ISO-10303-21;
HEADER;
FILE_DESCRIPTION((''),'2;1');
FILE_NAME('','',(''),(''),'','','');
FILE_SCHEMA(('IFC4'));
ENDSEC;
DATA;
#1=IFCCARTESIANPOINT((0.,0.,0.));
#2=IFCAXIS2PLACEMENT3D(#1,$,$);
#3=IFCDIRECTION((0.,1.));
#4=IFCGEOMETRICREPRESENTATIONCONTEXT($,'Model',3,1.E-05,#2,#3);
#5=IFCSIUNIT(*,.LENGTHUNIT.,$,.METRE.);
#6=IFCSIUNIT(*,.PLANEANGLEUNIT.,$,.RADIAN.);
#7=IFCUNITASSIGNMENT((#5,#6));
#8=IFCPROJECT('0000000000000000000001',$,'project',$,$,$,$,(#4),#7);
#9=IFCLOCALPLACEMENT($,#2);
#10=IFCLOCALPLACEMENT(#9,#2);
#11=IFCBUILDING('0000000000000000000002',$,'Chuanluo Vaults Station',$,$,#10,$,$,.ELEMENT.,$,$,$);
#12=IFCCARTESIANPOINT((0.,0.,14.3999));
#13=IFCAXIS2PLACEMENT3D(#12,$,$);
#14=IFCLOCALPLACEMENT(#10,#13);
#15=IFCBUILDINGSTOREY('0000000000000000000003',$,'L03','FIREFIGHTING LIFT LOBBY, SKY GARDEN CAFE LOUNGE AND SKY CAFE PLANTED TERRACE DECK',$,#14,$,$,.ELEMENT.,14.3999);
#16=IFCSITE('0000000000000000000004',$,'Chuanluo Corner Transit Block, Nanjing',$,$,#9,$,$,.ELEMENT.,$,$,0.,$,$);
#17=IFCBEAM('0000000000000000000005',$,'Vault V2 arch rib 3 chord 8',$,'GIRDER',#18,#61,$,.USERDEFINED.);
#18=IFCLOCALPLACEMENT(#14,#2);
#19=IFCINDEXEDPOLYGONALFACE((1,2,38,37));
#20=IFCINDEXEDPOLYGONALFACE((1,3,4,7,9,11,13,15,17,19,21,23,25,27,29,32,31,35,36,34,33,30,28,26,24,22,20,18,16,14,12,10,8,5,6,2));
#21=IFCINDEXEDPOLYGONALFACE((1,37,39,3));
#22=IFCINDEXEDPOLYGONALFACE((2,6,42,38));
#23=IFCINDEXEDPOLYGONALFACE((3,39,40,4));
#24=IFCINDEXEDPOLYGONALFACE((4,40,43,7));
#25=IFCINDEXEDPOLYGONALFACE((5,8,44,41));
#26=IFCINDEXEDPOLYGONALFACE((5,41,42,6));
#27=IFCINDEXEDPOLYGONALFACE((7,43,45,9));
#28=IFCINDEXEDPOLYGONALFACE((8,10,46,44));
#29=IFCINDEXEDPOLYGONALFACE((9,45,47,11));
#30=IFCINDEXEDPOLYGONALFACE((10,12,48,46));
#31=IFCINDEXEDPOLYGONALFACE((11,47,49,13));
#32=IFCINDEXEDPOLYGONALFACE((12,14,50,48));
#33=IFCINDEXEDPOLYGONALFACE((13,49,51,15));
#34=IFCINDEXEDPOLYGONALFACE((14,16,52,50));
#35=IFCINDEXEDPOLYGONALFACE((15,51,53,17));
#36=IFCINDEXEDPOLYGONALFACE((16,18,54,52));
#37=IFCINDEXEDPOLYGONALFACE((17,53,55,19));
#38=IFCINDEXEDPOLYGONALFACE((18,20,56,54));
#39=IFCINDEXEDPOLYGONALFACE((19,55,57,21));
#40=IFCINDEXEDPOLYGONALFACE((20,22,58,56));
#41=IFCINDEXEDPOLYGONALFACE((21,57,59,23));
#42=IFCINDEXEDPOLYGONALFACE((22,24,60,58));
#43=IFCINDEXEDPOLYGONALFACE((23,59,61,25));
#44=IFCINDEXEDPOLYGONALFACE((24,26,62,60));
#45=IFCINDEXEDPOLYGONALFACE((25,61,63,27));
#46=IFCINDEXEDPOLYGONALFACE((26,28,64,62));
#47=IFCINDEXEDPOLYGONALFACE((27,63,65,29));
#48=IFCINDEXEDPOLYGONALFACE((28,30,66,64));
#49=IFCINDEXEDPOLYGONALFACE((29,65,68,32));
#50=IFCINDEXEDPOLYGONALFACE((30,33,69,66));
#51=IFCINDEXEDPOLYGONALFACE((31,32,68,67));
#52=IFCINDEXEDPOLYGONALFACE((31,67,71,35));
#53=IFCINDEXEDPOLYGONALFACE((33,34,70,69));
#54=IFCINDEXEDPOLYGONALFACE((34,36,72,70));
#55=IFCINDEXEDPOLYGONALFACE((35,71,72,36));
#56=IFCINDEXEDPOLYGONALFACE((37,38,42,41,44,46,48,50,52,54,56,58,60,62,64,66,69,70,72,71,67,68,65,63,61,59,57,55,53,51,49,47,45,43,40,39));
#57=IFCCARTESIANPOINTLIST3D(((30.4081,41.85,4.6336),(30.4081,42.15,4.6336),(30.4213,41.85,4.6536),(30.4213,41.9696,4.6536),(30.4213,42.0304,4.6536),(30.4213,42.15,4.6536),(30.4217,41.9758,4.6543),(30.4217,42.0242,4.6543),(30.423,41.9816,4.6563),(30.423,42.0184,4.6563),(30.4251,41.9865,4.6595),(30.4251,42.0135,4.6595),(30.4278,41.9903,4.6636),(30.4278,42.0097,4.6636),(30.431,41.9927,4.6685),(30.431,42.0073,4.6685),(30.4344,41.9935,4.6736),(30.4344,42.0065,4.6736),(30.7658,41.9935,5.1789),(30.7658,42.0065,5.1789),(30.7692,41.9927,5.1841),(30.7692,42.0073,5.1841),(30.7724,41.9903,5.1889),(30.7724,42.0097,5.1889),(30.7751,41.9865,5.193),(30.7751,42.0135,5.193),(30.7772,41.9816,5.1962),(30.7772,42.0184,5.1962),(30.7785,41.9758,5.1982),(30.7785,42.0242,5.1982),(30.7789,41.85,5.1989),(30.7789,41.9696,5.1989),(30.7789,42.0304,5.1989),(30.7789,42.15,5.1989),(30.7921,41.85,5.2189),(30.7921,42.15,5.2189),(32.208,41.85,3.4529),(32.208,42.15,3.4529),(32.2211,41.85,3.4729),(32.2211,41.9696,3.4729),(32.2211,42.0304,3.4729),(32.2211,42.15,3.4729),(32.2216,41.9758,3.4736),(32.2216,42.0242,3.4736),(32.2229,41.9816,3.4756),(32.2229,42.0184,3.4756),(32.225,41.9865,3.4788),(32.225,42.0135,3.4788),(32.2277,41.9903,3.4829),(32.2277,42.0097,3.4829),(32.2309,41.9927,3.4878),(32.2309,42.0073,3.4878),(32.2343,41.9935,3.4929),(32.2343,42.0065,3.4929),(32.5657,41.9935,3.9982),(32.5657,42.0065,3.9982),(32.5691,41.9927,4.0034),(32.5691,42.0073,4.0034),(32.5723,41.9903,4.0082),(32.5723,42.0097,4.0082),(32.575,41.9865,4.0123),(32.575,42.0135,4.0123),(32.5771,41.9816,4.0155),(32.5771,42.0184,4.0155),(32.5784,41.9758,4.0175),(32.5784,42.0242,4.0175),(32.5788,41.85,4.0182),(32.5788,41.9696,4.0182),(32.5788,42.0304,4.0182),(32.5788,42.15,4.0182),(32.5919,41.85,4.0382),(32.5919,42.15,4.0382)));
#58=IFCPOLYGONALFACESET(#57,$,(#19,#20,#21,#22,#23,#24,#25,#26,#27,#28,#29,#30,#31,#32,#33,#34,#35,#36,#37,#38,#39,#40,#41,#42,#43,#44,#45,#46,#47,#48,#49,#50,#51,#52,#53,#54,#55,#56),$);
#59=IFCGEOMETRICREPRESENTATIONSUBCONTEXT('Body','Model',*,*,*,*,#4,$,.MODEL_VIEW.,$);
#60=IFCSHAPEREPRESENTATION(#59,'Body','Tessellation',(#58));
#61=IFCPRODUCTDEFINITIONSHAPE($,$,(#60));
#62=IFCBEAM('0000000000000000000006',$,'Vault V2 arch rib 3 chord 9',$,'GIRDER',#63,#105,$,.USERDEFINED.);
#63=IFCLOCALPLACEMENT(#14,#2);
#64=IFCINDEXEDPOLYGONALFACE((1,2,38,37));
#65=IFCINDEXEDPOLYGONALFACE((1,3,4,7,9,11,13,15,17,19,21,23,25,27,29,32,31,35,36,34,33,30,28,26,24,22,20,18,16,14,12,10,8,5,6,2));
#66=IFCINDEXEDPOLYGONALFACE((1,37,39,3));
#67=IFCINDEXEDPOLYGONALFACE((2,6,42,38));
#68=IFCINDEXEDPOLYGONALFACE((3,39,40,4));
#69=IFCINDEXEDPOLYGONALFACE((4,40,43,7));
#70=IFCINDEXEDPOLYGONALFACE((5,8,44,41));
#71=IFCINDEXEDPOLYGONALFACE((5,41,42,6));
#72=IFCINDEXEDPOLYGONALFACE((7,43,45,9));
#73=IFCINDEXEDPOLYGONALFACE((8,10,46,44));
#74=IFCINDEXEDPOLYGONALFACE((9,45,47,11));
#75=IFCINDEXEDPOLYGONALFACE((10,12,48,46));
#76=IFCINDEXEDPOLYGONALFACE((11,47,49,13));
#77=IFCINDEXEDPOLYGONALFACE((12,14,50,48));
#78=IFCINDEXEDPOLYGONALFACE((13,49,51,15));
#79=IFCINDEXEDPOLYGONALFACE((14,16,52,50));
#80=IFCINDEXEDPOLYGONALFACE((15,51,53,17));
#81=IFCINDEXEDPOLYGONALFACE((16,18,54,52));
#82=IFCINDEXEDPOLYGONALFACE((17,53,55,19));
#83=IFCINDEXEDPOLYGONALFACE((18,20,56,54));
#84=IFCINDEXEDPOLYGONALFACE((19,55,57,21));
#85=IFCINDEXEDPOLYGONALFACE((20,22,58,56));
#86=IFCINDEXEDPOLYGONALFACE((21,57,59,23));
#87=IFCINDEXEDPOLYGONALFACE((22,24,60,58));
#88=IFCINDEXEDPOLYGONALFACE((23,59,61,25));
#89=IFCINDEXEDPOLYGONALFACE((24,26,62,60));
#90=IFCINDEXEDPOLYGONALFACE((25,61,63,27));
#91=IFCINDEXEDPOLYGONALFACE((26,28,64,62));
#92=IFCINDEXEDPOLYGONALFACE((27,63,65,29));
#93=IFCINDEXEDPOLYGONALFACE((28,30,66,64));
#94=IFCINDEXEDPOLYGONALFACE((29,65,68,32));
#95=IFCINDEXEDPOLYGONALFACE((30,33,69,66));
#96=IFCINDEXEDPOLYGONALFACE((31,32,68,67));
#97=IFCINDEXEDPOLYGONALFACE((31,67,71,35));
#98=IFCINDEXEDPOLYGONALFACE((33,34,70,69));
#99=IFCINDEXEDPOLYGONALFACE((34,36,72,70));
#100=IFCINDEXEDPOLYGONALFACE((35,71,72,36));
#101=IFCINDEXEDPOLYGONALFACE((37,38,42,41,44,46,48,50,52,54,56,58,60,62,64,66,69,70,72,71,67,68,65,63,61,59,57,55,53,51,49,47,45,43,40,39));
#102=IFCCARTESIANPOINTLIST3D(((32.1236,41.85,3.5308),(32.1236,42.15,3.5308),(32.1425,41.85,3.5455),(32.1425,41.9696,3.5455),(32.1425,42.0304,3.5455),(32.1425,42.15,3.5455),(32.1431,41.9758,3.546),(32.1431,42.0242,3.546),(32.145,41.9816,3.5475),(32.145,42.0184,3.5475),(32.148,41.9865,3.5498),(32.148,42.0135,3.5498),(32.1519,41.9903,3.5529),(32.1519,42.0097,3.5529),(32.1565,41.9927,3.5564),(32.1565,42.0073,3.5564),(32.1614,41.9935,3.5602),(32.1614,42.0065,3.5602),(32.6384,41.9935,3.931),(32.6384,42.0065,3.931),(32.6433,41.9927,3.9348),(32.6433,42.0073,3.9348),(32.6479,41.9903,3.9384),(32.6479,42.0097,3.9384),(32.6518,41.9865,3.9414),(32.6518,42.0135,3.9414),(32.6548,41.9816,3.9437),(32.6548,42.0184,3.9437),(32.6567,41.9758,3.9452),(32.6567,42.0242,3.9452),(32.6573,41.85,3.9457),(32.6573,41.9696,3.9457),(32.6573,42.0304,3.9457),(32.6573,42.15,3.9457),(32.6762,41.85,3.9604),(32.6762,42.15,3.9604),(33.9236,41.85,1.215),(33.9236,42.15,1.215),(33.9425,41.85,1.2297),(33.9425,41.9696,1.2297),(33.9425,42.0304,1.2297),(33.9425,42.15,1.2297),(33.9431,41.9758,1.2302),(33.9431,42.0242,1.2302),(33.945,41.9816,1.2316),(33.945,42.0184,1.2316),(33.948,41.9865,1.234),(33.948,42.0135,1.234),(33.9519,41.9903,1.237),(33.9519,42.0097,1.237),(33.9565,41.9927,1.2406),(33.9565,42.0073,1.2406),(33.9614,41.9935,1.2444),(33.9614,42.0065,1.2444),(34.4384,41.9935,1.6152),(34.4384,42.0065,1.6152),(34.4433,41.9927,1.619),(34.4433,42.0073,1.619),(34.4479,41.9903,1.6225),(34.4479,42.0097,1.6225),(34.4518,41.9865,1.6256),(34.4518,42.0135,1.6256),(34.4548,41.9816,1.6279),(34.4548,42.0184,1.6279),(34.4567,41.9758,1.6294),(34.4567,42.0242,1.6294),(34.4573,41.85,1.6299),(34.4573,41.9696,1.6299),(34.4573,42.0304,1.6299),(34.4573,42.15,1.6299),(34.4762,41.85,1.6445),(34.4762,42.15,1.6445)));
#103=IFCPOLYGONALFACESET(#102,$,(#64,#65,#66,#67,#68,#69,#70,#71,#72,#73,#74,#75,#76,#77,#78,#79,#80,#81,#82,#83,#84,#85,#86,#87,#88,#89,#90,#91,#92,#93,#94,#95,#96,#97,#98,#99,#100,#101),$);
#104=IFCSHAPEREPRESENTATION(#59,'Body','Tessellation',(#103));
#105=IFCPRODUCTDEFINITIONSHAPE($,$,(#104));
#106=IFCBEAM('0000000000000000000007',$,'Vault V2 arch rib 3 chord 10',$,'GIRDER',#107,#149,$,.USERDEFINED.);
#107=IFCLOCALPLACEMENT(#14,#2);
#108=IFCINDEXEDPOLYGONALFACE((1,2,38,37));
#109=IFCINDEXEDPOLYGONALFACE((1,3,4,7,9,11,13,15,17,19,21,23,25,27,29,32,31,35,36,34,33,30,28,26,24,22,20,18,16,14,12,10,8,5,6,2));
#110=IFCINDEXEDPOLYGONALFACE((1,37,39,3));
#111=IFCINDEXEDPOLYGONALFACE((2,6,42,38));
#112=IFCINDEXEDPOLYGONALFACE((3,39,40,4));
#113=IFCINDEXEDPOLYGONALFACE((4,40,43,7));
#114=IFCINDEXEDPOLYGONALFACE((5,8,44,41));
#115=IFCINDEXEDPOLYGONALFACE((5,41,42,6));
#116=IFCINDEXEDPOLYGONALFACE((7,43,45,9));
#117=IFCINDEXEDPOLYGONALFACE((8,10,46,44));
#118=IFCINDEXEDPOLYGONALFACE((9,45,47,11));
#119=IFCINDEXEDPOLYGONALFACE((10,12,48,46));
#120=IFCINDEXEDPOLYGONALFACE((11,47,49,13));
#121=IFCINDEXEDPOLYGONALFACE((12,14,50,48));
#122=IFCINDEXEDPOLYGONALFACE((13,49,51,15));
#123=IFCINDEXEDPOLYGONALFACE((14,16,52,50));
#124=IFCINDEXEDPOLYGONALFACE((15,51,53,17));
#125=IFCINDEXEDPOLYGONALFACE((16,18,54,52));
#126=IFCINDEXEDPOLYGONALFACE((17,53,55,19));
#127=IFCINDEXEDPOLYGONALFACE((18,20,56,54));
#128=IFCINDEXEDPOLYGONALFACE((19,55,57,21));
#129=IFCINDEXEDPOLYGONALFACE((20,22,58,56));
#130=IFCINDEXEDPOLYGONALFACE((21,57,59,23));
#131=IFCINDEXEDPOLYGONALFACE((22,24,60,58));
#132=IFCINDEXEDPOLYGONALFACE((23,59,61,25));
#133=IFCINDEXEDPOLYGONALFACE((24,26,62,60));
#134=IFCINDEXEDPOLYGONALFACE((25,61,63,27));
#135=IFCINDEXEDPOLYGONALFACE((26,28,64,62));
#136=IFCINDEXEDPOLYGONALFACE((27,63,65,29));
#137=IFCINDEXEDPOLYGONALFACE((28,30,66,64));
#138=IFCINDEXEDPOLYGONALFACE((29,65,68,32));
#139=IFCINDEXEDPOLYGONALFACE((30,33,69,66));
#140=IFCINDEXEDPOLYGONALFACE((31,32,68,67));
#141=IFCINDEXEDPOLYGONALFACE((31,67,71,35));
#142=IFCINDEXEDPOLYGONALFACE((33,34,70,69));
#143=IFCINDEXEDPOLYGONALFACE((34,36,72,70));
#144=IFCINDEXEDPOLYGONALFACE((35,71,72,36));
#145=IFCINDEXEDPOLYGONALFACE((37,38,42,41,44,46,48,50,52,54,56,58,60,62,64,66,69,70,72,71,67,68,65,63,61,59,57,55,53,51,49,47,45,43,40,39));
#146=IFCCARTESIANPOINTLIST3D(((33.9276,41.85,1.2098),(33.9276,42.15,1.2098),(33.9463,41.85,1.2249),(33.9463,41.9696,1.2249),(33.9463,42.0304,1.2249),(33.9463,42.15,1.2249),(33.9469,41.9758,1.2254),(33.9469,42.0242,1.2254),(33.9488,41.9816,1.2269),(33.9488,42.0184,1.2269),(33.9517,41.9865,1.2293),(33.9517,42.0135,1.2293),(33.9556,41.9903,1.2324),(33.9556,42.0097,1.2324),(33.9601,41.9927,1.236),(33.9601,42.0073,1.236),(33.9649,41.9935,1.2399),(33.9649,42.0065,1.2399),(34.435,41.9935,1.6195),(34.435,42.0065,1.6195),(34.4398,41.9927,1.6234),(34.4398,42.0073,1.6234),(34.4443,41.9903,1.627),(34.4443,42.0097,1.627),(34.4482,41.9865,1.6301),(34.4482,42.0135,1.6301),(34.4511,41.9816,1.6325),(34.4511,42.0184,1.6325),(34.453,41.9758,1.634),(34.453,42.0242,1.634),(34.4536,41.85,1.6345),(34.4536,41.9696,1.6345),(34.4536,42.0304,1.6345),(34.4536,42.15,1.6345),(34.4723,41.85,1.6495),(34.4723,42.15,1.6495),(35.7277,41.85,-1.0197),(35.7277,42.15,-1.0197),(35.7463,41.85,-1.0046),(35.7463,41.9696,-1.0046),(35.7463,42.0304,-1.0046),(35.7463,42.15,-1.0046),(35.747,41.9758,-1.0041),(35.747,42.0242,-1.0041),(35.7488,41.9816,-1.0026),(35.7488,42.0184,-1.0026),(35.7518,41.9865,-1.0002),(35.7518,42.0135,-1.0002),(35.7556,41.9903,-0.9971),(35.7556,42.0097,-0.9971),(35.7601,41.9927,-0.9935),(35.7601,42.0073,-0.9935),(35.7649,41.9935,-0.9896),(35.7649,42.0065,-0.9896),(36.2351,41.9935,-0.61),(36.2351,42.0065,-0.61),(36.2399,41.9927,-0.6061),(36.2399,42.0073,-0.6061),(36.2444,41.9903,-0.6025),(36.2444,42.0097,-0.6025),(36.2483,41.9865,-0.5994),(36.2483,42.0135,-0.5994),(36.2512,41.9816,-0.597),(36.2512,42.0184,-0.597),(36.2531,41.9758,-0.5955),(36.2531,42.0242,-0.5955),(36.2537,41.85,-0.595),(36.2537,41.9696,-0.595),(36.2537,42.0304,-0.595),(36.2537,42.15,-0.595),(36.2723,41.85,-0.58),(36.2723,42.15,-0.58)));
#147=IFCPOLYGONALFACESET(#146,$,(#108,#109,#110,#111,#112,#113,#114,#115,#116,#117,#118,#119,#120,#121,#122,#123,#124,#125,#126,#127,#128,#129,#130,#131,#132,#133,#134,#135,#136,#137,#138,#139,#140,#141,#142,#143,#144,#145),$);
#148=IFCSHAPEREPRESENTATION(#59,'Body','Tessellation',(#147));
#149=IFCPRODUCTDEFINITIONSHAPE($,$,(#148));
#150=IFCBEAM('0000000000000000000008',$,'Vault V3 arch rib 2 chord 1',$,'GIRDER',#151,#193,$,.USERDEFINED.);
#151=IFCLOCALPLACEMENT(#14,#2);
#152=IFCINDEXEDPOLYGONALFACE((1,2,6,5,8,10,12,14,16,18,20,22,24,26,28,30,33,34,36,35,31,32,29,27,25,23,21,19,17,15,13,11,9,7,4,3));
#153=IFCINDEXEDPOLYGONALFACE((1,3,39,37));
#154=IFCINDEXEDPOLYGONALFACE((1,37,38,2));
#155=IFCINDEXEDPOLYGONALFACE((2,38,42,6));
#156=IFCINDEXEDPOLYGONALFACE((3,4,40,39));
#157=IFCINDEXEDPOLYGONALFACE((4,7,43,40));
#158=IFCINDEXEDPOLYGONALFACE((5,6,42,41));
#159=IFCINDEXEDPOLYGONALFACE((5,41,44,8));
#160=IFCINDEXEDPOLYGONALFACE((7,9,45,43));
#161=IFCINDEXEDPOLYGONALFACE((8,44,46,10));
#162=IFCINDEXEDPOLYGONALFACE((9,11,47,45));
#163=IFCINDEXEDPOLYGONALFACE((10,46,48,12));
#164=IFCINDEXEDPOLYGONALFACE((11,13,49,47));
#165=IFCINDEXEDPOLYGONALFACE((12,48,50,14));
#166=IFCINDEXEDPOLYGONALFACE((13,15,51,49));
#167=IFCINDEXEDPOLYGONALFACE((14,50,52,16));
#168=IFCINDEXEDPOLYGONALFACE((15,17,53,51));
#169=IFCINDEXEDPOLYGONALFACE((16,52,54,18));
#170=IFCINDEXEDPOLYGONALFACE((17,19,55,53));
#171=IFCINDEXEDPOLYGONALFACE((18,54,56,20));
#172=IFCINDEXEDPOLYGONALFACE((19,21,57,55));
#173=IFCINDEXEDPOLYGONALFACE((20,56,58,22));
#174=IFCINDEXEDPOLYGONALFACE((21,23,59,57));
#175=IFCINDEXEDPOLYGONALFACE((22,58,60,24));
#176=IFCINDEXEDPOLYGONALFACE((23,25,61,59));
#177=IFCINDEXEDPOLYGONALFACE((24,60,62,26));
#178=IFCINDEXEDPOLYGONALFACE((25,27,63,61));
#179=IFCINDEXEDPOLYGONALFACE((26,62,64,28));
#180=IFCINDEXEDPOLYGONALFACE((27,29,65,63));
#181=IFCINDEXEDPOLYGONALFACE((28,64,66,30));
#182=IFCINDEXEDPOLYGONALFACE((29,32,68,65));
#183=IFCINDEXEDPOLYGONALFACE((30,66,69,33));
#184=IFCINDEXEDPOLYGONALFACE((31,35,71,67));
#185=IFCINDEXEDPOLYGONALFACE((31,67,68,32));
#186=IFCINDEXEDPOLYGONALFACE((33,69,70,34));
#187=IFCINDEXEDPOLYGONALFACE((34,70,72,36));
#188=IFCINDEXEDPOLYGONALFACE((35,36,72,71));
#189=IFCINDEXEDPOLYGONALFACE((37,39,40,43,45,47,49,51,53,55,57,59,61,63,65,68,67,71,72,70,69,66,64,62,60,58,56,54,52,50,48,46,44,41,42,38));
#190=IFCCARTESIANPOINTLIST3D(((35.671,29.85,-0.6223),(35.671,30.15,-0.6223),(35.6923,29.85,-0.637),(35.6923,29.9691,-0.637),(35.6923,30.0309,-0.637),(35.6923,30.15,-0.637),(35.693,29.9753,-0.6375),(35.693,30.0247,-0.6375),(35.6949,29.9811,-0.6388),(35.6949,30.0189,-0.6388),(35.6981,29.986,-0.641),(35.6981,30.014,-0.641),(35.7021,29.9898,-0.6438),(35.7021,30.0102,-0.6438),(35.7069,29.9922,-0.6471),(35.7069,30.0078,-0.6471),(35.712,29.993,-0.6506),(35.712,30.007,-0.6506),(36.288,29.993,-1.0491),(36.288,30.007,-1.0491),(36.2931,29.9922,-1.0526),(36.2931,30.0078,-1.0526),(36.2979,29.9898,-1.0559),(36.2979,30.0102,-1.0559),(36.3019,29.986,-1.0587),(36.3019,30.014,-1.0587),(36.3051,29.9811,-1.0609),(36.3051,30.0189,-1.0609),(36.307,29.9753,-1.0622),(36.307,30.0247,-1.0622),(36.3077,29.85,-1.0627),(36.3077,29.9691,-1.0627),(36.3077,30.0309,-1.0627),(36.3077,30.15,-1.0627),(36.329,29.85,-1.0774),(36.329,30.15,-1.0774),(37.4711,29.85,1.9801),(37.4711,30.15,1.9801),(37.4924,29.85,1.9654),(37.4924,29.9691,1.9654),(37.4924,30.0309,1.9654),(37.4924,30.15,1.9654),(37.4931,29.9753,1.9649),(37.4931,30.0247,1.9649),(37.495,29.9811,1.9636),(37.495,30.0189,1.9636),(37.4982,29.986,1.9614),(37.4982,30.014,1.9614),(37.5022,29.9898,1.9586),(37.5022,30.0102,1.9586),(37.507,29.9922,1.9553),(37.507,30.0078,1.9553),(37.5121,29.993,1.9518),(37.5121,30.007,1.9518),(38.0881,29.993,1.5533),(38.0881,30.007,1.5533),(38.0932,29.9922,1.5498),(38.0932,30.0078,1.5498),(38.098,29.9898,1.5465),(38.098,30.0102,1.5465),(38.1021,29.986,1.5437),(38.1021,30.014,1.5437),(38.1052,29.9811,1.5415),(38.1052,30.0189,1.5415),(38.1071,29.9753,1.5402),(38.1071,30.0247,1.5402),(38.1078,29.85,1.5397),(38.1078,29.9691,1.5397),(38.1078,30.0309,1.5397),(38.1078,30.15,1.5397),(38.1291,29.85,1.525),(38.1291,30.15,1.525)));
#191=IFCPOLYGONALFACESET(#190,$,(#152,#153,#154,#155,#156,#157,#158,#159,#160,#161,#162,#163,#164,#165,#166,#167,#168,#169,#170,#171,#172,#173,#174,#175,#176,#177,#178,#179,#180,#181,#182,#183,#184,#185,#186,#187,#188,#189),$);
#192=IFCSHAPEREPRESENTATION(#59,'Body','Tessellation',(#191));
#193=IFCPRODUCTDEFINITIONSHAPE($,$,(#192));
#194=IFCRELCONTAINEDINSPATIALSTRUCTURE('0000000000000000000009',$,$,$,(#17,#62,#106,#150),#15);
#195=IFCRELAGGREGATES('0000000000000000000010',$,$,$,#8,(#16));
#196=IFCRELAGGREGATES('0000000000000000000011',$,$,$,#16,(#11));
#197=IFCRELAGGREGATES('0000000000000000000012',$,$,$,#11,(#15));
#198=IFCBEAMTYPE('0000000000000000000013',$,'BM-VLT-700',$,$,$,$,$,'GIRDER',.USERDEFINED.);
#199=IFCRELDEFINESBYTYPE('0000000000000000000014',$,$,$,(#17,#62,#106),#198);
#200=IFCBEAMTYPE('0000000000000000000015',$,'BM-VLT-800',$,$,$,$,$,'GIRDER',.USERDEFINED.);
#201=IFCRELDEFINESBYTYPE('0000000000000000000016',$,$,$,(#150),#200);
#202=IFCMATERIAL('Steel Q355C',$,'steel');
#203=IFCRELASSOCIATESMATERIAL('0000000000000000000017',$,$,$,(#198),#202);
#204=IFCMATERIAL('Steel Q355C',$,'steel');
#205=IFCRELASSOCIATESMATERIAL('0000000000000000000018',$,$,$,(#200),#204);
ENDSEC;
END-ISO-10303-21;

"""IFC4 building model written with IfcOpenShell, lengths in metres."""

from ifc_helpers import new_model, si_unit, direction, frame, origin, origin_2d, place, context, subcontext, project, spatial, i_section, extrude, material, material_profile, profile_set, type_object, element, save


model = new_model("IFC4")

# Units and contexts
model_context = context("Model", 3, precision=1e-05, world=origin(), true_north=direction((0.0, 1.0)))
body_context = subcontext(model_context, "Body", "Model", "MODEL_VIEW")
ifc_project = project(units=[si_unit("LENGTHUNIT", "METRE"), si_unit("PLANEANGLEUNIT", "RADIAN")], contexts=[model_context])

# Site, building, storey
site_placement = place(None, origin())
site = spatial("IfcSite", under=ifc_project, at=site_placement, Name="Chuanluo Corner Transit Block, Nanjing", CompositionType="ELEMENT", RefElevation=0.0)
building_placement = place(site_placement, origin())
building = spatial("IfcBuilding", under=site, at=building_placement, Name="Chuanluo Vaults Station", CompositionType="ELEMENT")
storey_placement = place(building_placement, frame((0.0, 0.0, 14.3999)))
storey = spatial("IfcBuildingStorey", under=building, at=storey_placement, Name="L03", Description="FIREFIGHTING LIFT LOBBY, SKY GARDEN CAFE LOUNGE AND SKY CAFE PLANTED TERRACE DECK", CompositionType="ELEMENT", Elevation=14.3999)

# Beams
ifc_material_1 = material(Name="Steel Q355C", Category="steel")
ifc_material_profile_1 = material_profile(ifc_material_1, i_section(OverallWidth=0.3, OverallDepth=0.7, WebThickness=0.0129, FlangeThickness=0.0239, FilletRadius=0.0239, at=origin_2d()))
ifc_profile_set_1 = profile_set([ifc_material_profile_1], Name="Steel Q355C")
beam_type_1 = type_object("IfcBeamType", Name="BM-VLT-700", ElementType="GIRDER", PredefinedType="USERDEFINED", material=ifc_profile_set_1)
beam_1_placement = place(storey_placement, frame((30.6001, 42.0, 4.9263), z_axis=(0.836145, 0.0, -0.548508), x_axis=(0.0, 1.0, 0.0)))
element("IfcBeam", 1, at=beam_1_placement, inside=storey, type_object=beam_type_1, Name="Vault V2 arch rib 3 chord 8", ObjectType="GIRDER", PredefinedType="USERDEFINED", context=body_context, shape_type="SweptSolid", body=[
    extrude(i_section(OverallWidth=0.3, OverallDepth=0.7, WebThickness=0.0129, FlangeThickness=0.0239, FilletRadius=0.0239, at=origin_2d()), origin(), (0.0, 0.0, 1.0), 2.1526),
])
beam_2_placement = place(storey_placement, frame((32.3999, 42.0, 3.7456), z_axis=(0.613681, 0.0, -0.789554), x_axis=(0.0, 1.0, 0.0)))
element("IfcBeam", 2, at=beam_2_placement, inside=storey, type_object=beam_type_1, Name="Vault V2 arch rib 3 chord 9", ObjectType="GIRDER", PredefinedType="USERDEFINED", context=body_context, shape_type="SweptSolid", body=[
    extrude(i_section(OverallWidth=0.3, OverallDepth=0.7, WebThickness=0.0129, FlangeThickness=0.0239, FilletRadius=0.0239, at=origin_2d()), origin(), (0.0, 0.0, 1.0), 2.9331),
])
beam_3_placement = place(storey_placement, frame((34.2, 42.0, 1.4297), z_axis=(0.62819, 0.0, -0.77806), x_axis=(0.0, 1.0, 0.0)))
element("IfcBeam", 3, at=beam_3_placement, inside=storey, type_object=beam_type_1, Name="Vault V2 arch rib 3 chord 10", ObjectType="GIRDER", PredefinedType="USERDEFINED", context=body_context, shape_type="SweptSolid", body=[
    extrude(i_section(OverallWidth=0.3, OverallDepth=0.7, WebThickness=0.0129, FlangeThickness=0.0239, FilletRadius=0.0239, at=origin_2d()), origin(), (0.0, 0.0, 1.0), 2.8655),
])
ifc_material_2 = material(Name="Steel Q355C", Category="steel")
ifc_material_profile_2 = material_profile(ifc_material_2, i_section(OverallWidth=0.3, OverallDepth=0.8, WebThickness=0.0139, FlangeThickness=0.0259, FilletRadius=0.0239, at=origin_2d()))
ifc_profile_set_2 = profile_set([ifc_material_profile_2], Name="Steel Q355C")
beam_type_2 = type_object("IfcBeamType", Name="BM-VLT-800", ElementType="GIRDER", PredefinedType="USERDEFINED", material=ifc_profile_set_2)
for number, where, z_axis, x_axis, name in (
    (4, (36.0, 30.0, -0.8499), (0.568881, 0.0, 0.82242), (0.0, 1.0, 0.0), "Vault V3 arch rib 2 chord 1"),
):
    element("IfcBeam", number, at=place(storey_placement, frame(where, z_axis=z_axis, x_axis=x_axis)), inside=storey, type_object=beam_type_2, Name=name, ObjectType="GIRDER", PredefinedType="USERDEFINED", context=body_context, shape_type="SweptSolid", body=[
        extrude(i_section(OverallWidth=0.3, OverallDepth=0.8, WebThickness=0.0139, FlangeThickness=0.0259, FilletRadius=0.0239, at=origin_2d()), origin(), (0.0, 0.0, 1.0), 3.1643),
    ])

save(model, "model.ifc")
